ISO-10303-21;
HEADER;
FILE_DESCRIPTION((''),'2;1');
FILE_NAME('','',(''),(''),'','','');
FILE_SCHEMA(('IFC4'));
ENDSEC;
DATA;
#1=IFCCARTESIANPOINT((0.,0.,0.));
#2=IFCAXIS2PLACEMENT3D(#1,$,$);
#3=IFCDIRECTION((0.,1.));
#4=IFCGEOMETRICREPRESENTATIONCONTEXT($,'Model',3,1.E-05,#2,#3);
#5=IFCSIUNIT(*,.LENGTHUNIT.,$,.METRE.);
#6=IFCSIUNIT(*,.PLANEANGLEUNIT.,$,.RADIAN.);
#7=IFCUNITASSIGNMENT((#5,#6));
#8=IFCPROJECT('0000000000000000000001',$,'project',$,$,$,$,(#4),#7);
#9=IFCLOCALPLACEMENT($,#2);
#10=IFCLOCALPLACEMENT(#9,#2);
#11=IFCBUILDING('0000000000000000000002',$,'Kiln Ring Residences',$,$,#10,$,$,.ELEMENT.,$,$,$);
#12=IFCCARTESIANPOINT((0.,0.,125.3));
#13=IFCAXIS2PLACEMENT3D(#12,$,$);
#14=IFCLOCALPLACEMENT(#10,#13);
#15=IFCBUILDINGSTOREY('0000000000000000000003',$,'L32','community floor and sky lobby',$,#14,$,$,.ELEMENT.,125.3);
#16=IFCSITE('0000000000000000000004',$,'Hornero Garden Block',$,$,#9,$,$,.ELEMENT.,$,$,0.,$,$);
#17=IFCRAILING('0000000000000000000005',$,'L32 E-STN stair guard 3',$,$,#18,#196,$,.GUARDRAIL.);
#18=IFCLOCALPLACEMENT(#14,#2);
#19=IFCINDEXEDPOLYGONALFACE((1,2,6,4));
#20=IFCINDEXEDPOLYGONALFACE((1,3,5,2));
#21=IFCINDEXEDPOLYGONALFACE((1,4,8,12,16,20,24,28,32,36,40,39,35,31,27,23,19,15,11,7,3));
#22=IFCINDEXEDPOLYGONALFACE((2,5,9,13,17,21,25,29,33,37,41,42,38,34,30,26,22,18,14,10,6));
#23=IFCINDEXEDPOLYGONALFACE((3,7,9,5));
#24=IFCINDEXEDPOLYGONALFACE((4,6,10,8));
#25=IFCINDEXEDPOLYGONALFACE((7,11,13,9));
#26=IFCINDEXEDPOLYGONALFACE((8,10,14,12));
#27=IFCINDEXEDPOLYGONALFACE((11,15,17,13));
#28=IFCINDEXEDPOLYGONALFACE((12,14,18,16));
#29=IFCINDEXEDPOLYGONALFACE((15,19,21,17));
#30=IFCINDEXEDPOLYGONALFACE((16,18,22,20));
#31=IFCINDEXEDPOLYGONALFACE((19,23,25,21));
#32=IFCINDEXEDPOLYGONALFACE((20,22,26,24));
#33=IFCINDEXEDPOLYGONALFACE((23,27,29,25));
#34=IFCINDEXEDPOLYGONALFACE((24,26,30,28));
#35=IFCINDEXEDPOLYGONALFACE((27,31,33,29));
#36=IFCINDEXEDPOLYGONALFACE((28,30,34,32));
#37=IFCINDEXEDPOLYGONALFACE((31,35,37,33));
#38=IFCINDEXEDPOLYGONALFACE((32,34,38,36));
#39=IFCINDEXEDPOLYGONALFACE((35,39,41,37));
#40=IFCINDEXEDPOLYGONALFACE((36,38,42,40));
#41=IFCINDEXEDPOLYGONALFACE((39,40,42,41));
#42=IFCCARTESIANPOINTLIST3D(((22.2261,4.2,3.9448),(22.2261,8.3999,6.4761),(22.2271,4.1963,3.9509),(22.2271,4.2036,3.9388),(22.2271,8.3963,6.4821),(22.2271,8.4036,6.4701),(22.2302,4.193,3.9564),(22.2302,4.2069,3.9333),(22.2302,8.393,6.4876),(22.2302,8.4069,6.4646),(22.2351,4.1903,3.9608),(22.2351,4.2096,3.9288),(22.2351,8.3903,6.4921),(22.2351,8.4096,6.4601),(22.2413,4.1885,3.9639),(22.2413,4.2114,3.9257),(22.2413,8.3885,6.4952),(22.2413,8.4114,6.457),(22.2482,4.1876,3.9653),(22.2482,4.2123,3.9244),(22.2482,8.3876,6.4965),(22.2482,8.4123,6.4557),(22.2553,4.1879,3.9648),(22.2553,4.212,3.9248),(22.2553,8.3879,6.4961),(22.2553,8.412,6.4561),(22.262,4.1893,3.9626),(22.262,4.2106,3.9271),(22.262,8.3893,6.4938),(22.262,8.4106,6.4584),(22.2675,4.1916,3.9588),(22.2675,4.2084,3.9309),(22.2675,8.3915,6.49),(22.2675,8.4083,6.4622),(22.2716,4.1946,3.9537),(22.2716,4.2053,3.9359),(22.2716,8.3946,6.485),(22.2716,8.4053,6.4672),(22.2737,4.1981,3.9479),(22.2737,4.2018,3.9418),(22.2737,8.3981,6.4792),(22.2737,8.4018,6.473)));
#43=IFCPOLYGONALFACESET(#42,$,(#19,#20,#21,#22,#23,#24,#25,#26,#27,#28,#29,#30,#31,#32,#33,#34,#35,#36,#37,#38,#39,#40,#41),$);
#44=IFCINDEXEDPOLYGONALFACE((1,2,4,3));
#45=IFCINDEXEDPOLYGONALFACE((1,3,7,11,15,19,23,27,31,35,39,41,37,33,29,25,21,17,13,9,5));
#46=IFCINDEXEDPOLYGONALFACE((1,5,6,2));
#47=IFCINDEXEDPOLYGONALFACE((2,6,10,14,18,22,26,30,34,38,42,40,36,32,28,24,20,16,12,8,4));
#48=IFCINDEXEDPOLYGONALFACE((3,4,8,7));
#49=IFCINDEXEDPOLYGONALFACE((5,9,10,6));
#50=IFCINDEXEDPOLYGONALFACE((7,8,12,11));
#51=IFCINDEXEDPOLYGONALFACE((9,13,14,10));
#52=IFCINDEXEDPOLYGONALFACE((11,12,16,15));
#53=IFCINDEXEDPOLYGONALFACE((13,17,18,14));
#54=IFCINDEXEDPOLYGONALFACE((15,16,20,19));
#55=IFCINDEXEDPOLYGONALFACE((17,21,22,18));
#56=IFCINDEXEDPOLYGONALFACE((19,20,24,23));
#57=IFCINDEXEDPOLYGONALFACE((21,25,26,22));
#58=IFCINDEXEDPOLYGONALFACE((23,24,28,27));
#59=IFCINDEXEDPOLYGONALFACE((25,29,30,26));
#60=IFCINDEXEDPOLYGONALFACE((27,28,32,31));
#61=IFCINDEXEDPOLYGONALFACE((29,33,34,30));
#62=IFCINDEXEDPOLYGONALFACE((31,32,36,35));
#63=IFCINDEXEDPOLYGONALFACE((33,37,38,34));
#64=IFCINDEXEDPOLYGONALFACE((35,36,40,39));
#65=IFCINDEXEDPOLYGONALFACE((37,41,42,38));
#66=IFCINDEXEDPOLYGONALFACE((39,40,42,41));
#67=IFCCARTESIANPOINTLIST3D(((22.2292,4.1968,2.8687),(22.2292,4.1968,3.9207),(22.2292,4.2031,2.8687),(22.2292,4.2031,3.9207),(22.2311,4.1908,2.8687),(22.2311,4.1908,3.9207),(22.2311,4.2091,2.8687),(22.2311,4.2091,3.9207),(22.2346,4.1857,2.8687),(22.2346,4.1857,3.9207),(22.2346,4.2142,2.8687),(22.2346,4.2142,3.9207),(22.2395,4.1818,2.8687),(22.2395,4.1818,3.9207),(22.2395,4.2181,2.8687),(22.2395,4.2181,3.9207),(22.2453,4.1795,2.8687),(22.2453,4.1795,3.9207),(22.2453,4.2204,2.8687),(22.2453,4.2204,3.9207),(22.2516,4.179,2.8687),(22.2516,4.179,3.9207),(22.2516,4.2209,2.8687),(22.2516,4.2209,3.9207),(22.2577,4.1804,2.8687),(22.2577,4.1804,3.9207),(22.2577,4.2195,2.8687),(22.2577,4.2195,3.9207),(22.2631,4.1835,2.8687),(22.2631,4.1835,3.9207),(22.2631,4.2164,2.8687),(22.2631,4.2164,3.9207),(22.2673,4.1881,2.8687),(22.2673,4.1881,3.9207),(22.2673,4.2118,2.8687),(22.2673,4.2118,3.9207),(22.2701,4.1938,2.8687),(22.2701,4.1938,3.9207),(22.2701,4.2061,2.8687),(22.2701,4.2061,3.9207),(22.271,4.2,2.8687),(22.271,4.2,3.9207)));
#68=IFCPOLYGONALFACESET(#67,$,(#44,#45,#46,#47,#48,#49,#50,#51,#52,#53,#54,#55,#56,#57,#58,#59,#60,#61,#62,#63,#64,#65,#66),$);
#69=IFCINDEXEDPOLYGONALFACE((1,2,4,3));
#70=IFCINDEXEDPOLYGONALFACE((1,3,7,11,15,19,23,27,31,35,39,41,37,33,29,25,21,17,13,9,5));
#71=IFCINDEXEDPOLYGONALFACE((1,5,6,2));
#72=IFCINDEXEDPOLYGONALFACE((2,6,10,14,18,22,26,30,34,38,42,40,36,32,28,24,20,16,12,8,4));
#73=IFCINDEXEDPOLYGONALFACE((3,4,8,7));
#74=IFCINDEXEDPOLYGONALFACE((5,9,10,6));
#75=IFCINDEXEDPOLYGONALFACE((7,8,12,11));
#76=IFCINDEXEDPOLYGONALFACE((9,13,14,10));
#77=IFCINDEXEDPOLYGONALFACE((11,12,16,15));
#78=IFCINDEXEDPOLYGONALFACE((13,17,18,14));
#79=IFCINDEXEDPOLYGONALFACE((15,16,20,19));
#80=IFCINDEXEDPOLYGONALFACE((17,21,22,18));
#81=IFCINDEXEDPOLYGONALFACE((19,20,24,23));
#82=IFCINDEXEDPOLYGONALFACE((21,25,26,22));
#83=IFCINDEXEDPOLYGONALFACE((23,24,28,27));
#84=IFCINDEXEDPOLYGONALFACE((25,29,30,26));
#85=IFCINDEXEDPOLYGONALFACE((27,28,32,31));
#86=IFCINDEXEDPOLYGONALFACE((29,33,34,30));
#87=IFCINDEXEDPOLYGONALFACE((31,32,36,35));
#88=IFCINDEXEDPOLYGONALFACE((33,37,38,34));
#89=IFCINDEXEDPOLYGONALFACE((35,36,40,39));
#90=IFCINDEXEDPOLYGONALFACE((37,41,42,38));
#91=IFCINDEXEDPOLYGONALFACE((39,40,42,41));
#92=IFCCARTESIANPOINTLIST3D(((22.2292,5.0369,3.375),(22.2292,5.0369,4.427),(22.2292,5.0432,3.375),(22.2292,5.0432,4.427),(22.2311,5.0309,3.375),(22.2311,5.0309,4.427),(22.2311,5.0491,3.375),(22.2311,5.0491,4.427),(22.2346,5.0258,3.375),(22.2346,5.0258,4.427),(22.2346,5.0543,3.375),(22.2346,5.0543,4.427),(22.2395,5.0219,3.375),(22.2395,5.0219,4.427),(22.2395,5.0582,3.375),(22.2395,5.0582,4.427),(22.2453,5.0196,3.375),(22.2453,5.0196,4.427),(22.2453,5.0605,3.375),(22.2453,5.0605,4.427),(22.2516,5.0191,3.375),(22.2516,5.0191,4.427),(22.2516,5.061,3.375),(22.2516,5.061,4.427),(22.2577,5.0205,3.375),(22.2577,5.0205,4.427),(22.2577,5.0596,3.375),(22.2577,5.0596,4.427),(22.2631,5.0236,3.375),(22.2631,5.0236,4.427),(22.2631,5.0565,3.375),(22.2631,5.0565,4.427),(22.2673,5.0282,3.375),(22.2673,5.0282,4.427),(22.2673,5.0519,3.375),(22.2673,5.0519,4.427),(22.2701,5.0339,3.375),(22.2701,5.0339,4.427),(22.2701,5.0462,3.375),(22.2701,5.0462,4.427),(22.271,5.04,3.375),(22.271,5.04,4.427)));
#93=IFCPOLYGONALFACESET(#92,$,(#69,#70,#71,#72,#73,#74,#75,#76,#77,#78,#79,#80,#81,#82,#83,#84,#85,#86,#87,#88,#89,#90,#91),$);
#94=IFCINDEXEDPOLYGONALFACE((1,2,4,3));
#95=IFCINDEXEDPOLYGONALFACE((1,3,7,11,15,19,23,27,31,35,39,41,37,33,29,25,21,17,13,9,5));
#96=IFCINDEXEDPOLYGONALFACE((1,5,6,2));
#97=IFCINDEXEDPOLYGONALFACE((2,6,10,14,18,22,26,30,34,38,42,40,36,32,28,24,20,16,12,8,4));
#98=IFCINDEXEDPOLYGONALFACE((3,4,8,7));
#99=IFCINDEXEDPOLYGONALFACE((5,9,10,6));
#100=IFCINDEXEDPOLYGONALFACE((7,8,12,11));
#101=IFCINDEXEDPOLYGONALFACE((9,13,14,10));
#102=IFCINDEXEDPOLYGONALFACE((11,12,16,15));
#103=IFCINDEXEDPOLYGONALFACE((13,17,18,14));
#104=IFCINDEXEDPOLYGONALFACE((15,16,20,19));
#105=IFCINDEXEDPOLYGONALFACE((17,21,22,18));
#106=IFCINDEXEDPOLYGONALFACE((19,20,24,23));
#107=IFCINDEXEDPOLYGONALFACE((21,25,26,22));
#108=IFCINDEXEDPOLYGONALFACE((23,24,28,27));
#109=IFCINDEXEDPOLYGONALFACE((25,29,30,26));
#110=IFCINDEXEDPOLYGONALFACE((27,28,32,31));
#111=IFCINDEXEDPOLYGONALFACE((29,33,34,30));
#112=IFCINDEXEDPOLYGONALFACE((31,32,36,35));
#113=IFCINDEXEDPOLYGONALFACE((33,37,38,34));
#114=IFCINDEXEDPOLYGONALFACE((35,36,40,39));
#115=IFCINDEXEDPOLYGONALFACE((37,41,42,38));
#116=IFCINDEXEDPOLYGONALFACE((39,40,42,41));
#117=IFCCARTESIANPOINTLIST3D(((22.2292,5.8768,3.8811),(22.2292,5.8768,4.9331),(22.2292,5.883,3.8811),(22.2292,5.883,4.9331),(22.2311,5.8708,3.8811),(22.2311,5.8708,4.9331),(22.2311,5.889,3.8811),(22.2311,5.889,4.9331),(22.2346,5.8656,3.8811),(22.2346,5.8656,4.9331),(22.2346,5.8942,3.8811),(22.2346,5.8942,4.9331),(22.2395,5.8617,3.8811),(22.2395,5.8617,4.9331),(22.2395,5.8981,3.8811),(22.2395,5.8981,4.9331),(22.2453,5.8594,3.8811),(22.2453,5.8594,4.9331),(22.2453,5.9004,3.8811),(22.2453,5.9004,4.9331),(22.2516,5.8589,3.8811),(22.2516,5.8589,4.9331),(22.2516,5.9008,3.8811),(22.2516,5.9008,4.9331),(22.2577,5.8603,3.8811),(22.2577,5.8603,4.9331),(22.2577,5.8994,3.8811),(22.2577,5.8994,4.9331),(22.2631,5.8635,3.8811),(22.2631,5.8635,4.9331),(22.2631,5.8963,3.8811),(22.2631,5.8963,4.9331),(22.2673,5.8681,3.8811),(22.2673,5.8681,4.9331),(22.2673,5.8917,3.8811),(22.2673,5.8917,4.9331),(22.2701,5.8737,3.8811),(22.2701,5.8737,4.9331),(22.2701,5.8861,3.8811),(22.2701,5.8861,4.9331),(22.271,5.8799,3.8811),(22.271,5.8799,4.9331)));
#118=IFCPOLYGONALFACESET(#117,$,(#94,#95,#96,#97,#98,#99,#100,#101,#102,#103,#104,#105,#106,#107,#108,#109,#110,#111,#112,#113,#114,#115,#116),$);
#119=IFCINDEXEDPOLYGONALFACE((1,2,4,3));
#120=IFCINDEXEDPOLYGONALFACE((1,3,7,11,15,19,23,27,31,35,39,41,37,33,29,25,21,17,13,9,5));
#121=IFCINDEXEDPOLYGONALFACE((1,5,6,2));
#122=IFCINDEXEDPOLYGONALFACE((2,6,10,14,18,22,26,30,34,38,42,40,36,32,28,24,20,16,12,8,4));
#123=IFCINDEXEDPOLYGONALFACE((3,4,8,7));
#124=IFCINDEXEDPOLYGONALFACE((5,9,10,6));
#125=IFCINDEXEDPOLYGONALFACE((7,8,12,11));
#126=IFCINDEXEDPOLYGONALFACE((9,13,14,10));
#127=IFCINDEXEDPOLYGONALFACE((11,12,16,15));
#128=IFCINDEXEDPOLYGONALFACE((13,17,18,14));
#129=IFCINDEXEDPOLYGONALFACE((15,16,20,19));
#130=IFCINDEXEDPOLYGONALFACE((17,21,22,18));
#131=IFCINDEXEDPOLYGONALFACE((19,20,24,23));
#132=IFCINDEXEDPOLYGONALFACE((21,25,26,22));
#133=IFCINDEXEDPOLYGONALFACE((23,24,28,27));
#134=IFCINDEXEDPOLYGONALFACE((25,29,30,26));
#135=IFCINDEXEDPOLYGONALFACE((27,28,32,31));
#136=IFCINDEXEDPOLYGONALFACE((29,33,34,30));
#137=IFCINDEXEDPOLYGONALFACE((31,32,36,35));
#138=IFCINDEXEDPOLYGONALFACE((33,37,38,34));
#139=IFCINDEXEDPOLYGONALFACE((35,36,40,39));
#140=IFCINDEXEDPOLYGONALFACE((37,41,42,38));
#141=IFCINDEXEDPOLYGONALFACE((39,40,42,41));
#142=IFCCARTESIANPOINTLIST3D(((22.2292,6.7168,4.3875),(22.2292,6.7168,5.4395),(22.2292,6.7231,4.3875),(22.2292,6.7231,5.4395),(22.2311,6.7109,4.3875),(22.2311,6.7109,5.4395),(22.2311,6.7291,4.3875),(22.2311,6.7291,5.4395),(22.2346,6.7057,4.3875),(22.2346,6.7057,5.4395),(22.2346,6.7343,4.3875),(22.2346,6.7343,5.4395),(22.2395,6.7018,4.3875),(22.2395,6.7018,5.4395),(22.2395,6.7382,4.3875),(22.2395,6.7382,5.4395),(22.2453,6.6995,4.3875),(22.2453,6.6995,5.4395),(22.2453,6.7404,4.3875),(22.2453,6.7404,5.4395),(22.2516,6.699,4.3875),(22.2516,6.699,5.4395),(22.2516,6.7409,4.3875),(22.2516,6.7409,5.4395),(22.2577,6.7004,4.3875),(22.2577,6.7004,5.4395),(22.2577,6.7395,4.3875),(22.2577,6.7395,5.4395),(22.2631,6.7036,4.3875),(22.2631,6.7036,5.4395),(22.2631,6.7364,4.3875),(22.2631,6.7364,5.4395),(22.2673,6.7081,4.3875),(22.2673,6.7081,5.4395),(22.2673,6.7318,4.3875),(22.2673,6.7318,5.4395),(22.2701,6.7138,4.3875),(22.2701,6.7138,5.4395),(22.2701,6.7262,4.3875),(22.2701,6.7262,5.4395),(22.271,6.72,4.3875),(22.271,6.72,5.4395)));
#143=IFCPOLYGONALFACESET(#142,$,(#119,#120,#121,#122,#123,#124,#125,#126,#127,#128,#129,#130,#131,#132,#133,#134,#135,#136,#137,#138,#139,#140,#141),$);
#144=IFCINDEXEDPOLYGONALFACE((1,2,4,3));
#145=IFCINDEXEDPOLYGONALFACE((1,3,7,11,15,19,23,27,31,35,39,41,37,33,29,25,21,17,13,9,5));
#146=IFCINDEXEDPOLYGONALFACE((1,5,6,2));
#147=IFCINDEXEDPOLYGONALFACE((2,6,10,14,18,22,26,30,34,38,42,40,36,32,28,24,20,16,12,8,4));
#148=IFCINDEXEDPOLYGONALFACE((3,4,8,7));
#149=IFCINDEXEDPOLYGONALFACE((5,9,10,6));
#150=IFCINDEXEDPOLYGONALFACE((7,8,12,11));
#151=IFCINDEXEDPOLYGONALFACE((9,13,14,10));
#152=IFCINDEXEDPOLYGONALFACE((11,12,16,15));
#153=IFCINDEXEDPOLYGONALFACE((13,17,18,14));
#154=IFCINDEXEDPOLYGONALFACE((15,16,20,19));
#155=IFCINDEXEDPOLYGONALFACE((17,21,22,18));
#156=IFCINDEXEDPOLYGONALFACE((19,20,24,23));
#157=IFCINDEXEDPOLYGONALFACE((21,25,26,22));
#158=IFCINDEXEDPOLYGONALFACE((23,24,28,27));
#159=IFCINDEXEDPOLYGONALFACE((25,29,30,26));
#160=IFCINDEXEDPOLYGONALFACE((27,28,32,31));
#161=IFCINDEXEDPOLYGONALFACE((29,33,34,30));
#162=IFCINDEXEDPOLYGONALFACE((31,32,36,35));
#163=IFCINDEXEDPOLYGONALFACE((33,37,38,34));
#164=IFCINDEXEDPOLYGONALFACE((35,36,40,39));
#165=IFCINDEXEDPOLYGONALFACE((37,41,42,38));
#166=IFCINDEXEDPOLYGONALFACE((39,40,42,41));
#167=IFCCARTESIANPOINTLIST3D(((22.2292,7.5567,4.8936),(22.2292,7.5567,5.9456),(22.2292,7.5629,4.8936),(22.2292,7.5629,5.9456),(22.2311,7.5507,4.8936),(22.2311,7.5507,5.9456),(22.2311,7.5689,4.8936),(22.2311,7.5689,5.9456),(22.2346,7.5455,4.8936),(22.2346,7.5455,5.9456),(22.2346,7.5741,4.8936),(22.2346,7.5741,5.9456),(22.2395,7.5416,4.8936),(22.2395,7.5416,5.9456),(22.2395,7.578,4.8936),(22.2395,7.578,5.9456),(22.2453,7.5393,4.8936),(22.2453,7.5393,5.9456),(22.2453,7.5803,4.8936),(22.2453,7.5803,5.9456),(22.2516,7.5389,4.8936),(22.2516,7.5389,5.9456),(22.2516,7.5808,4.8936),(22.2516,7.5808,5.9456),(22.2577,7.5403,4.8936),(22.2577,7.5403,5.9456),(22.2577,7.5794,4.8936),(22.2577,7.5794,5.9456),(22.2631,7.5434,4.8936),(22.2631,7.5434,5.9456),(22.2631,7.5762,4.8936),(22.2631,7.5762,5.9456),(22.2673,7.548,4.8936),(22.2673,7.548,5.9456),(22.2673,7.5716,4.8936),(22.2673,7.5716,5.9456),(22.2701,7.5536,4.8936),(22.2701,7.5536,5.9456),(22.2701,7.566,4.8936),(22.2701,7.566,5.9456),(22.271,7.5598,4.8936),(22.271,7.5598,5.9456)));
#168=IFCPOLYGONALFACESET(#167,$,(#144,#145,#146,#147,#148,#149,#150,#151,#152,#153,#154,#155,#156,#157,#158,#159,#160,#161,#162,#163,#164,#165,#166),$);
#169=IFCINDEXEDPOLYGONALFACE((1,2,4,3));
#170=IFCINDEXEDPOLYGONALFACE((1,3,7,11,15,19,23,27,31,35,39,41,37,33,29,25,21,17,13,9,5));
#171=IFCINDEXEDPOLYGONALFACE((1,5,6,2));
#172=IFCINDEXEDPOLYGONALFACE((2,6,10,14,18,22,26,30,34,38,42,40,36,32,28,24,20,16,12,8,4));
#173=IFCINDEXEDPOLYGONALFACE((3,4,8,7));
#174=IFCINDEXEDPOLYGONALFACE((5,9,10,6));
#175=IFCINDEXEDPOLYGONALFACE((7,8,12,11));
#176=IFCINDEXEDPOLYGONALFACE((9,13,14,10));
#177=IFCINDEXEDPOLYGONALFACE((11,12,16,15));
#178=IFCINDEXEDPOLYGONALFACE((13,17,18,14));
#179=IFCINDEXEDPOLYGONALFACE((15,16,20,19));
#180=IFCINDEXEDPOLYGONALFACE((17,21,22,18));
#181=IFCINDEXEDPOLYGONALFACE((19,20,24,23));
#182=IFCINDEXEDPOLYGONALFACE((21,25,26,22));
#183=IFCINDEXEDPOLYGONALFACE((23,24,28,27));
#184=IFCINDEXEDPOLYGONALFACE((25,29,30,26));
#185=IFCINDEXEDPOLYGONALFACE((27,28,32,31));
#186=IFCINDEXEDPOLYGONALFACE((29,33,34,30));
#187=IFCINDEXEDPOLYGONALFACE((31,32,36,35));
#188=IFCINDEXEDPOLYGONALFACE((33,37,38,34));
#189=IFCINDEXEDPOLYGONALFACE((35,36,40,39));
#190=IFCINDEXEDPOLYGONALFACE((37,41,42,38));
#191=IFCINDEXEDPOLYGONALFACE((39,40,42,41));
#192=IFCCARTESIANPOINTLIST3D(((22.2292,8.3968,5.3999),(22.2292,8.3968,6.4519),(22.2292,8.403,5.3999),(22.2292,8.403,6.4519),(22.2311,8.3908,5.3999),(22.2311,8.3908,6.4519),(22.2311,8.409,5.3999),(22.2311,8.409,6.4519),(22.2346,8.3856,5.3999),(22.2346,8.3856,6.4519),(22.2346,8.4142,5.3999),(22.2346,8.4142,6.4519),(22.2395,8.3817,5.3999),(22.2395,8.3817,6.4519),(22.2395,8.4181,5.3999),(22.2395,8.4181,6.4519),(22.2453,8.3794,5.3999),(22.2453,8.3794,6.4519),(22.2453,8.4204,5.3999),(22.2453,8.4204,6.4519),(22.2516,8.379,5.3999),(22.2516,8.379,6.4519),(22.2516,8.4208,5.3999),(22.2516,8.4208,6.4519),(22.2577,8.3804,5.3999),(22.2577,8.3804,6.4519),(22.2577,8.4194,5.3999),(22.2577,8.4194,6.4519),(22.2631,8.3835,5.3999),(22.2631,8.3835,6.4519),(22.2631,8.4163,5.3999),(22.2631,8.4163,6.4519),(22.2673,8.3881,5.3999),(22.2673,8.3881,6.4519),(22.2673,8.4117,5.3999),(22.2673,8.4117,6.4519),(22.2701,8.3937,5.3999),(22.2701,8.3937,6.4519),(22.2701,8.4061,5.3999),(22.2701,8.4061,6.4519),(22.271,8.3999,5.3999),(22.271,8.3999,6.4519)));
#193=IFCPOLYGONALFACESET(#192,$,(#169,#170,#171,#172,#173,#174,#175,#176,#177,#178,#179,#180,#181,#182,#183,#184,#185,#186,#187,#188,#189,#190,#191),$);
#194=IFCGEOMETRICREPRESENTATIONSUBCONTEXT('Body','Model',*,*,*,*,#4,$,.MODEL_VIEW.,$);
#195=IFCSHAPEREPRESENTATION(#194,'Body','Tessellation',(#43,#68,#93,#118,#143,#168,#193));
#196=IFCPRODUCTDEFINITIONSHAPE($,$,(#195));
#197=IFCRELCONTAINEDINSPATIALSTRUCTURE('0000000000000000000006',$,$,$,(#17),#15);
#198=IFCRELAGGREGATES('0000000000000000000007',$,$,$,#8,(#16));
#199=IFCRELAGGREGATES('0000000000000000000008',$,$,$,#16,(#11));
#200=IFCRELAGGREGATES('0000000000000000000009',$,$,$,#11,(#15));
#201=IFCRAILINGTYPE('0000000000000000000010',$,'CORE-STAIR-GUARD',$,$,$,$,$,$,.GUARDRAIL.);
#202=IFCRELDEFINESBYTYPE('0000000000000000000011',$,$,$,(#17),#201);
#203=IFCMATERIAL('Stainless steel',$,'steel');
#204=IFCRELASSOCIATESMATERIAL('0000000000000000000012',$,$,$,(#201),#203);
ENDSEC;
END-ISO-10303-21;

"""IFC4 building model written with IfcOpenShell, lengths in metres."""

from ifc_helpers import new_model, si_unit, direction, frame, origin, origin_2d, place, context, subcontext, project, spatial, circle, extrude, material, type_object, element, save


model = new_model("IFC4")

# Units and contexts
model_context = context("Model", 3, precision=1e-05, world=origin(), true_north=direction((0.0, 1.0)))
body_context = subcontext(model_context, "Body", "Model", "MODEL_VIEW")
ifc_project = project(units=[si_unit("LENGTHUNIT", "METRE"), si_unit("PLANEANGLEUNIT", "RADIAN")], contexts=[model_context])

# Site, building, storey
site_placement = place(None, origin())
site = spatial("IfcSite", under=ifc_project, at=site_placement, Name="Hornero Garden Block", CompositionType="ELEMENT", RefElevation=0.0)
building_placement = place(site_placement, origin())
building = spatial("IfcBuilding", under=site, at=building_placement, Name="Kiln Ring Residences", CompositionType="ELEMENT")
storey_placement = place(building_placement, frame((0.0, 0.0, 125.3)))
storey = spatial("IfcBuildingStorey", under=building, at=storey_placement, Name="L32", Description="community floor and sky lobby", CompositionType="ELEMENT", Elevation=125.3)

# Railing
ifc_material_1 = material(Name="Stainless steel", Category="steel")
railing_type_1 = type_object("IfcRailingType", Name="CORE-STAIR-GUARD", PredefinedType="GUARDRAIL", material=ifc_material_1)
railing_1_placement = place(storey_placement, frame((22.25, 4.2, 2.8687)))
element("IfcRailing", 1, at=railing_1_placement, inside=storey, type_object=railing_type_1, Name="L32 E-STN stair guard 3", PredefinedType="GUARDRAIL", context=body_context, shape_type="SweptSolid", body=[
    extrude(circle(Radius=0.0239, at=origin_2d()), frame((0.0, 0.0, 1.0762), z_axis=(0.0, 0.856476, 0.516186), x_axis=(-1.0, 0.0, 0.0)), (0.0, 0.0, 1.0), 4.9038),
    extrude(circle(Radius=0.021, at=origin_2d()), origin(), (0.0, 0.0, 1.0), 1.052),
    extrude(circle(Radius=0.021, at=origin_2d()), frame((0.0, 0.8401, 0.5063)), (0.0, 0.0, 1.0), 1.052),
    extrude(circle(Radius=0.021, at=origin_2d()), frame((0.0, 1.6799, 1.0125)), (0.0, 0.0, 1.0), 1.052),
    extrude(circle(Radius=0.021, at=origin_2d()), frame((0.0, 2.52, 1.5188)), (0.0, 0.0, 1.0), 1.052),
    extrude(circle(Radius=0.021, at=origin_2d()), frame((0.0, 3.3599, 2.0249)), (0.0, 0.0, 1.0), 1.052),
    extrude(circle(Radius=0.021, at=origin_2d()), frame((0.0, 4.2, 2.5312)), (0.0, 0.0, 1.0), 1.052),
])

save(model, "model.ifc")
